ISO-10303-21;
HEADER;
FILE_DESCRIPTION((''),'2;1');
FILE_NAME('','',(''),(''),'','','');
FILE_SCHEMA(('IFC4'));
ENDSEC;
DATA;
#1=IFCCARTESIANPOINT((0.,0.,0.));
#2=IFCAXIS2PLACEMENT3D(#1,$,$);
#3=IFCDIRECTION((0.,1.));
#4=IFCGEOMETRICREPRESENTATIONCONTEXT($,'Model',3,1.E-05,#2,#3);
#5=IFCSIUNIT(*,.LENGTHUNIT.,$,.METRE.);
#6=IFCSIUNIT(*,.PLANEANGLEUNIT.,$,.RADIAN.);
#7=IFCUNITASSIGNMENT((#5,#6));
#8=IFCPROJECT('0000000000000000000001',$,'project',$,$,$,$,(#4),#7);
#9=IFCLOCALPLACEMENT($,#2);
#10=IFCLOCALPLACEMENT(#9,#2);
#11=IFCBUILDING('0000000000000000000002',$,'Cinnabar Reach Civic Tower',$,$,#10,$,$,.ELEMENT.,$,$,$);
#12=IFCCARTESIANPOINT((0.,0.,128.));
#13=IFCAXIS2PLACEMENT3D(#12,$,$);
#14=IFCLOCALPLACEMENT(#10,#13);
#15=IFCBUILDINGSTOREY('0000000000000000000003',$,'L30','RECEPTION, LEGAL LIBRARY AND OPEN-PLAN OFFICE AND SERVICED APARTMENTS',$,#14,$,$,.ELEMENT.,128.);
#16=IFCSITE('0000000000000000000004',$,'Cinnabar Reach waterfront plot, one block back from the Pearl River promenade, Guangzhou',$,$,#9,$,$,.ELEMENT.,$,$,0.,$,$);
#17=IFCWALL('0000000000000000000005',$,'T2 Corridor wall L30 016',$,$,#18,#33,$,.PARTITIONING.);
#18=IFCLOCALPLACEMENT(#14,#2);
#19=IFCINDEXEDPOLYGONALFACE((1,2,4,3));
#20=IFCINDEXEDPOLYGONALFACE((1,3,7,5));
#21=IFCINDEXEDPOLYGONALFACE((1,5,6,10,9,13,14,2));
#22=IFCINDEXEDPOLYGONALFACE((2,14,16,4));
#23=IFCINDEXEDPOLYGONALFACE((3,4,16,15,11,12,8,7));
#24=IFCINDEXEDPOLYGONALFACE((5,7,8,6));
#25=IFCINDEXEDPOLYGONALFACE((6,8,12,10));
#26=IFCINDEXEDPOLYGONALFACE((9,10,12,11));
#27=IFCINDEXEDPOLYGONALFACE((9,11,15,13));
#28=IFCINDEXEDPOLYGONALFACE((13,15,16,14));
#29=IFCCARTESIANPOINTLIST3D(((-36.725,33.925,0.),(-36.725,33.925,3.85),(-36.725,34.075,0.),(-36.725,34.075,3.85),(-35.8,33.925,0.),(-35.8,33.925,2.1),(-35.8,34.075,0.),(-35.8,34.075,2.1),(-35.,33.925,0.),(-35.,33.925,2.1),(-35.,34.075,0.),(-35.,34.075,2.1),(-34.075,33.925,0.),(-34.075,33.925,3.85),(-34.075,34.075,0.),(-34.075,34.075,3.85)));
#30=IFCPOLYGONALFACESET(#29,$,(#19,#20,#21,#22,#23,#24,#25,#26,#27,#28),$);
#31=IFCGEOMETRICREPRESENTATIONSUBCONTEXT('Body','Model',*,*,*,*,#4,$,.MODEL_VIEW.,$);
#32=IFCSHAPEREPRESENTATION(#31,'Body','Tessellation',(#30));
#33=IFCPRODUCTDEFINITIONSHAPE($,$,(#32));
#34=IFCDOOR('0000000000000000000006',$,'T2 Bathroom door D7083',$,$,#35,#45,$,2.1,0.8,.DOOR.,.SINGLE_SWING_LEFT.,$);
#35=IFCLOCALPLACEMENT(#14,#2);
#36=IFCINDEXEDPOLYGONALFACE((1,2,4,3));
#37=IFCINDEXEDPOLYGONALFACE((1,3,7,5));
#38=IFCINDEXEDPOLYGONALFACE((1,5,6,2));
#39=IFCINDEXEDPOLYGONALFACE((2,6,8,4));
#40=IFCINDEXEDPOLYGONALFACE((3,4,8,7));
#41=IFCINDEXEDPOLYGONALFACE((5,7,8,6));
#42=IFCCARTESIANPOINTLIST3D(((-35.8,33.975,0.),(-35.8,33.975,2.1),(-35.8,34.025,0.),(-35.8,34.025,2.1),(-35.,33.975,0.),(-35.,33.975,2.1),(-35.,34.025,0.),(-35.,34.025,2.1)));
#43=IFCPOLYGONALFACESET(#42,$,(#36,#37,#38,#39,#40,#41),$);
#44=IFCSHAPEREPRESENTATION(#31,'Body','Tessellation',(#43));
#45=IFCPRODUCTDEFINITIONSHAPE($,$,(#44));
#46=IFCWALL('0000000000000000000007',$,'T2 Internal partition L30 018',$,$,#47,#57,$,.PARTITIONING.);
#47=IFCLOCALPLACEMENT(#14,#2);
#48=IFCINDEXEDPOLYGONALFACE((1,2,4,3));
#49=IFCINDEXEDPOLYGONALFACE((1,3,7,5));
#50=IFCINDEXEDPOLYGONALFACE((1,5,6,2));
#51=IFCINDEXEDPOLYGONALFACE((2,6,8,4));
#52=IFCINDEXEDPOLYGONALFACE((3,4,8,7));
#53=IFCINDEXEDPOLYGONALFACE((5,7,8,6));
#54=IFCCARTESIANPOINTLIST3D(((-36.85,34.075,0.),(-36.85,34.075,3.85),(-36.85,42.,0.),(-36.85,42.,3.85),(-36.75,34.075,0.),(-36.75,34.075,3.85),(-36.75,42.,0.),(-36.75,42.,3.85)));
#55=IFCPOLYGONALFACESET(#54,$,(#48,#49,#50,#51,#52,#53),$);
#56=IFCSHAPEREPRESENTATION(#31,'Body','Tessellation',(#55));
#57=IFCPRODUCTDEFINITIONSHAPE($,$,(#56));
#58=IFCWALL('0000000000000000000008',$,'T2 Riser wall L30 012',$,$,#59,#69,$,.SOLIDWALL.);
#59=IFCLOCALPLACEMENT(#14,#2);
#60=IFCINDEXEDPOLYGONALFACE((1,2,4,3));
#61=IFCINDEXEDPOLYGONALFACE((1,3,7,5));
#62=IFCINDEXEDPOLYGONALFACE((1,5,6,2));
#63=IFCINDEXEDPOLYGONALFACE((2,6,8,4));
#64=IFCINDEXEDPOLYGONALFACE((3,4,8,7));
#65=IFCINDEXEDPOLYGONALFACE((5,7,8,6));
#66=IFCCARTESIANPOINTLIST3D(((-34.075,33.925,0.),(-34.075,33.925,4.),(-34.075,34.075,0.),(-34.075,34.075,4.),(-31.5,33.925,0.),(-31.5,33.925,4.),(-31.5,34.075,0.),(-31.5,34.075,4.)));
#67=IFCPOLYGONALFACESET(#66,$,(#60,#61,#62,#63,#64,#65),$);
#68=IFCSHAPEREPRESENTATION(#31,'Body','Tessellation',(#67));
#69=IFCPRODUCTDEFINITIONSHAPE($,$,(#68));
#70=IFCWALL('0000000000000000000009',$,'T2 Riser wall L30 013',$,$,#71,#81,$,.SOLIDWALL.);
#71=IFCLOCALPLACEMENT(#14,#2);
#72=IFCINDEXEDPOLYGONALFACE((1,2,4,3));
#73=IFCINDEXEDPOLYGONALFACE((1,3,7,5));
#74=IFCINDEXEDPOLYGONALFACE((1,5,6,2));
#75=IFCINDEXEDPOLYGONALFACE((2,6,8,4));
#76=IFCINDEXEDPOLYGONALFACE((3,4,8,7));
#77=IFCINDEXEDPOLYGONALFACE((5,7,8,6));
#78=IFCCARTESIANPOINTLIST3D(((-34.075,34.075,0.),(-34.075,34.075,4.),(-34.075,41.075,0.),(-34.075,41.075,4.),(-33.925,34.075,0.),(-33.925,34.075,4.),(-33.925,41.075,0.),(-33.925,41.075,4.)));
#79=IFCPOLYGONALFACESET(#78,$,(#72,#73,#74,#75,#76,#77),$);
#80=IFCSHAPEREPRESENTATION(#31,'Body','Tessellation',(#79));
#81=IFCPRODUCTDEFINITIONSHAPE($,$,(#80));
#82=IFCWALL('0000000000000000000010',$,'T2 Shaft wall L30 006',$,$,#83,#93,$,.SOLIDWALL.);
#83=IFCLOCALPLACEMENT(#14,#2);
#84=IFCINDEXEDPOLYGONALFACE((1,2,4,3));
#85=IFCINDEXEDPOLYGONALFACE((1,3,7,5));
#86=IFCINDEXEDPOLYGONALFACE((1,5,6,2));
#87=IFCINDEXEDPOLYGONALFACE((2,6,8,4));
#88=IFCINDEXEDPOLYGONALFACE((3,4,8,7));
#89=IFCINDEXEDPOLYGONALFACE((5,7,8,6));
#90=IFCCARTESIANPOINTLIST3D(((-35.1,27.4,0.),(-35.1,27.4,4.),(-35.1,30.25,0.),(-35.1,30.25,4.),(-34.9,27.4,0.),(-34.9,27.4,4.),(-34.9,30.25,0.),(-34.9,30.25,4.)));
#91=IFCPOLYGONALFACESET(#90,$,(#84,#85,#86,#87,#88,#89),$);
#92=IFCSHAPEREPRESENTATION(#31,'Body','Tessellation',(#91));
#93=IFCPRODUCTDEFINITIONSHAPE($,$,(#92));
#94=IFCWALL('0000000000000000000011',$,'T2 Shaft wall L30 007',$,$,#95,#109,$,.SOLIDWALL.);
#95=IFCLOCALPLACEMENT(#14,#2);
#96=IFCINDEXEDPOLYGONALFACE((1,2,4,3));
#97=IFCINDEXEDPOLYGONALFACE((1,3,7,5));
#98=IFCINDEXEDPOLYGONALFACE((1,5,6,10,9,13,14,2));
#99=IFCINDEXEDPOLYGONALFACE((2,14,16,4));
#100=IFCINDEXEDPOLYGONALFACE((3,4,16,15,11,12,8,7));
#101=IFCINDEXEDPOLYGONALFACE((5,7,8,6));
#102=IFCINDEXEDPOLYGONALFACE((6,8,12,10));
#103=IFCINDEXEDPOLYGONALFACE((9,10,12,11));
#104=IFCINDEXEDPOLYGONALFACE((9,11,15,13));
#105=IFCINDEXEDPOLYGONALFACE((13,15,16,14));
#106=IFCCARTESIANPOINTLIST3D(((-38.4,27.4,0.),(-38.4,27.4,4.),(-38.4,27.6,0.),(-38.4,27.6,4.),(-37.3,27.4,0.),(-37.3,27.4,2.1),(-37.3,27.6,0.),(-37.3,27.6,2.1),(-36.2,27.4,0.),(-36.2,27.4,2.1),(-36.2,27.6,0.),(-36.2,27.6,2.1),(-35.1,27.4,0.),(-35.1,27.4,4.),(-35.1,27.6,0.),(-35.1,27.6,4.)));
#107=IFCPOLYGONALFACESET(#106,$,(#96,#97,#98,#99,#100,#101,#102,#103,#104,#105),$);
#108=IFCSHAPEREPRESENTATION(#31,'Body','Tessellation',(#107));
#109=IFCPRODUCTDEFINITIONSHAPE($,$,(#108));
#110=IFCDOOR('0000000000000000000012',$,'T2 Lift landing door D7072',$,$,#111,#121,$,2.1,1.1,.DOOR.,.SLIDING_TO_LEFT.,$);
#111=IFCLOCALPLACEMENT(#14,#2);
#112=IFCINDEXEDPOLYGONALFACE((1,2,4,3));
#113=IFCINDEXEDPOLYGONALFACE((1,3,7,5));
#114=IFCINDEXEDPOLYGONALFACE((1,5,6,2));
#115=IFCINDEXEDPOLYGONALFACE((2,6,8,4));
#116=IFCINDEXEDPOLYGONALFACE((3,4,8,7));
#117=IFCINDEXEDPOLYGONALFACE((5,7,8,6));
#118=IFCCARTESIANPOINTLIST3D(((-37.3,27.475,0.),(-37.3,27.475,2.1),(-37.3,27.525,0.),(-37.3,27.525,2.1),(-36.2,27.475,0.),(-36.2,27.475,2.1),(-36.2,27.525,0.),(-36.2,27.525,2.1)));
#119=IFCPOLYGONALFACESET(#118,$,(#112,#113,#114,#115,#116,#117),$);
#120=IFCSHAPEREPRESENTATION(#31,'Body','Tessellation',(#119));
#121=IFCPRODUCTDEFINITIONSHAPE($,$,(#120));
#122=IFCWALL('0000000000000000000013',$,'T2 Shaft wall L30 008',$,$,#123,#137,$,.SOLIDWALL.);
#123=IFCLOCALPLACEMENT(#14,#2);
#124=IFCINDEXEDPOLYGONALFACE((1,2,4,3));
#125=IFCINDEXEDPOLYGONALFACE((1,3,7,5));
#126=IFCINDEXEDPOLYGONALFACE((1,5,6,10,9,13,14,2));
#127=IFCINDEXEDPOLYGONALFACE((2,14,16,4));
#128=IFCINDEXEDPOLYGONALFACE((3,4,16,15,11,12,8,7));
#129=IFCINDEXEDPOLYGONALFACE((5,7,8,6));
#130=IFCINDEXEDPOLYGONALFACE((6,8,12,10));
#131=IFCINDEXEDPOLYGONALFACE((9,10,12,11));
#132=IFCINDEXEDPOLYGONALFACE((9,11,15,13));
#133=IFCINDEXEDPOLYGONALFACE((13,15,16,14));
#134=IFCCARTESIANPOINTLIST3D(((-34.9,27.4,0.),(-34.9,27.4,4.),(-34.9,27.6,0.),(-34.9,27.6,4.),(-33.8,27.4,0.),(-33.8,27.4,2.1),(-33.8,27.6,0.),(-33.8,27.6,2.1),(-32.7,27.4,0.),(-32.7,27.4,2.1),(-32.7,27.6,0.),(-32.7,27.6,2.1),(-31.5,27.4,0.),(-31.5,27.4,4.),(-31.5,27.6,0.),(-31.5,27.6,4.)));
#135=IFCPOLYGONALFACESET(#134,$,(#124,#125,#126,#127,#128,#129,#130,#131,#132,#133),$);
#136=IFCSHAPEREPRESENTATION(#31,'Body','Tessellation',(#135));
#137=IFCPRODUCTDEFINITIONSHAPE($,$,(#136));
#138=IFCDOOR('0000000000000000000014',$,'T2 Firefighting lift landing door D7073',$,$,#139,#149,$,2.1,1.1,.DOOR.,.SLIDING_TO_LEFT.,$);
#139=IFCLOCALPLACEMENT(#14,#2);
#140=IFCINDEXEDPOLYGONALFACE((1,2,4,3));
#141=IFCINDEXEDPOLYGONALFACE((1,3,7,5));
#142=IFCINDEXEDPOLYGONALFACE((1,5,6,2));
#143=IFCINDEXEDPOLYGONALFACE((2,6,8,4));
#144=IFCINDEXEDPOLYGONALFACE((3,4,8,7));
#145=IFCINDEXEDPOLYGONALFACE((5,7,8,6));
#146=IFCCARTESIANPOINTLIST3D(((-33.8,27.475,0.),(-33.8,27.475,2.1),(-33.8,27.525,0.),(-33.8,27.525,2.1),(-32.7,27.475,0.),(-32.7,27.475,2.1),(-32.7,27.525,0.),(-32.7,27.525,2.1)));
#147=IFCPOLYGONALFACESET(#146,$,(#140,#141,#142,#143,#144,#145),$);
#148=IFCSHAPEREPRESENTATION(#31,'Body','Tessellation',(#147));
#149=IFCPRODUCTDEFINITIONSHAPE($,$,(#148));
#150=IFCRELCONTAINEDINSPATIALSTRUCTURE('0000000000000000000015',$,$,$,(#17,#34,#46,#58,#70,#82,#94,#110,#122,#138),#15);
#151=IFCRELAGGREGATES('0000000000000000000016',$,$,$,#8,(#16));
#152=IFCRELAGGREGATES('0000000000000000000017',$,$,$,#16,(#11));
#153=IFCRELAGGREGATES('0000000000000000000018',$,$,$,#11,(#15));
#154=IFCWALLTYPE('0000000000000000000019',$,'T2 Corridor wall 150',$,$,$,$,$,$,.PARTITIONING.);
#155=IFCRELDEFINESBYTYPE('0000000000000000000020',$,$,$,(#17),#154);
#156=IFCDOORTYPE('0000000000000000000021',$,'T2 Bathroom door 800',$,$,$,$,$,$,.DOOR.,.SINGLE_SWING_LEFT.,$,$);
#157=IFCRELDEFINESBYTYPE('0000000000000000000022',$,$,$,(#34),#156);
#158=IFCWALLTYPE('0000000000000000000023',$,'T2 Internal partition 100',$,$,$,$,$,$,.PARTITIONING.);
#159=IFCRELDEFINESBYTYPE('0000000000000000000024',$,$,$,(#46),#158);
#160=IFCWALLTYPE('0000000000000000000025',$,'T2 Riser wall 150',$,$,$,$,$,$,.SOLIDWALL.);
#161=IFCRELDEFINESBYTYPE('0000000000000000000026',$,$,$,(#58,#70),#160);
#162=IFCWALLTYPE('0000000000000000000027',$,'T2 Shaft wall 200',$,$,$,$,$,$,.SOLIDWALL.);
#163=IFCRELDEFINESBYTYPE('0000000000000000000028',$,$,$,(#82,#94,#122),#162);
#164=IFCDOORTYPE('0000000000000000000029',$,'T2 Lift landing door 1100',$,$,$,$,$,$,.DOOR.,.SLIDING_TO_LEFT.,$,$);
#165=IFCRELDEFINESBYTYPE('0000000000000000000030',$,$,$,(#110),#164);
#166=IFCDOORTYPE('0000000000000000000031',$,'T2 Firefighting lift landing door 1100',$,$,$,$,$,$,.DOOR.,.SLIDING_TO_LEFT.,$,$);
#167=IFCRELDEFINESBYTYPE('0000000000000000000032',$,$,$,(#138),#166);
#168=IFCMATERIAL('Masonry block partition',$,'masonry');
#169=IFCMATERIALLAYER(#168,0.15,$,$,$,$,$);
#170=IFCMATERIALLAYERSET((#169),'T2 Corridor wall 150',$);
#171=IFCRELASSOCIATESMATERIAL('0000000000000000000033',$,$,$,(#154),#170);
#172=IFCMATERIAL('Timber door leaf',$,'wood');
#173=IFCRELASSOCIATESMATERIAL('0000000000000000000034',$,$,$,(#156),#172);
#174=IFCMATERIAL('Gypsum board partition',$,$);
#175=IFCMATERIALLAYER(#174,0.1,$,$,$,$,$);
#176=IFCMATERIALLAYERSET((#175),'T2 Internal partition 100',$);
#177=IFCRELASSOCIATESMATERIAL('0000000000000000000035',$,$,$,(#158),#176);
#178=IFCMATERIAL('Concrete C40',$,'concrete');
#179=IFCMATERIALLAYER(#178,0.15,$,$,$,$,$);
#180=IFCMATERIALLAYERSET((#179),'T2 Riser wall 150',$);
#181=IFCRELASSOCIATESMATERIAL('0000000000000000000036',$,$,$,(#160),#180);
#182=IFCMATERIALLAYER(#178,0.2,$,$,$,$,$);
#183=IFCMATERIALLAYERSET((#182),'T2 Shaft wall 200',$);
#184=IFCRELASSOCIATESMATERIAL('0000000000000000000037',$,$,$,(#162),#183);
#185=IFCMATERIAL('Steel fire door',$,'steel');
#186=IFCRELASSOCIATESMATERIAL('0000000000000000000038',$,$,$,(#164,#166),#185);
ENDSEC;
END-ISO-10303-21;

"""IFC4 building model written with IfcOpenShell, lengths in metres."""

from ifc_helpers import new_model, si_unit, direction, frame, frame_2d, origin, place, context, subcontext, project, spatial, rectangle, extrude, material, layer, layer_set, type_object, element, fill, save


model = new_model("IFC4")

# Units and contexts
model_context = context("Model", 3, precision=1e-05, world=origin(), true_north=direction((0.0, 1.0)))
body_context = subcontext(model_context, "Body", "Model", "MODEL_VIEW")
ifc_project = project(units=[si_unit("LENGTHUNIT", "METRE"), si_unit("PLANEANGLEUNIT", "RADIAN")], contexts=[model_context])

# Site, building, storey
site_placement = place(None, origin())
site = spatial("IfcSite", under=ifc_project, at=site_placement, Name="Cinnabar Reach waterfront plot, one block back from the Pearl River promenade, Guangzhou", CompositionType="ELEMENT", RefElevation=0.0)
building_placement = place(site_placement, origin())
building = spatial("IfcBuilding", under=site, at=building_placement, Name="Cinnabar Reach Civic Tower", CompositionType="ELEMENT")
storey_placement = place(building_placement, frame((0.0, 0.0, 128.0)))
storey = spatial("IfcBuildingStorey", under=building, at=storey_placement, Name="L30", Description="RECEPTION, LEGAL LIBRARY AND OPEN-PLAN OFFICE AND SERVICED APARTMENTS", CompositionType="ELEMENT", Elevation=128.0)

# Wall, opening, door
ifc_material_1 = material(Name="Steel fire door", Category="steel")
ifc_material_2 = material(Name="Masonry block partition", Category="masonry")
ifc_layer_1 = layer(ifc_material_2, 0.15)
ifc_layer_set_1 = layer_set([ifc_layer_1], Name="T2 Corridor wall 150")
wall_type_1 = type_object("IfcWallType", Name="T2 Corridor wall 150", PredefinedType="PARTITIONING", material=ifc_layer_set_1)
ifc_material_3 = material(Name="Timber door leaf", Category="wood")
door_type_1 = type_object("IfcDoorType", Name="T2 Bathroom door 800", OperationType="SINGLE_SWING_LEFT", PredefinedType="DOOR", material=ifc_material_3)
wall_1_placement = place(storey_placement, frame((-34.075, 34.0, 0.0), z_axis=(0.0, 0.0, 1.0), x_axis=(-1.0, 0.0, 0.0)))
wall_1 = element("IfcWall", 1, at=wall_1_placement, inside=storey, type_object=wall_type_1, Name="T2 Corridor wall L30 016", PredefinedType="PARTITIONING", context=body_context, shape_type="SweptSolid", body=[
    extrude(rectangle(XDim=2.65, YDim=0.15, at=frame_2d((1.325, 0.0))), origin(), (0.0, 0.0, 1.0), 3.85),
])
opening_1_placement = place(wall_1_placement, frame((0.925, 0.0, 0.0)))
opening_1 = element("IfcOpeningElement", 2, at=opening_1_placement, cuts=wall_1, PredefinedType="OPENING", context=body_context, shape_type="SweptSolid", body=[
    extrude(rectangle(XDim=0.8, YDim=2.1, at=frame_2d((0.4, 1.05))), frame((0.0, 0.085, 0.0), z_axis=(0.0, -1.0, 0.0), x_axis=(1.0, 0.0, 0.0)), (0.0, 0.0, 1.0), 0.17),
])
door_1_placement = place(opening_1_placement, frame((0.8, 0.0, 0.0), z_axis=(0.0, 0.0, 1.0), x_axis=(-1.0, 0.0, 0.0)))
door_1 = element("IfcDoor", 3, at=door_1_placement, inside=storey, type_object=door_type_1, Name="T2 Bathroom door D7083", OperationType="SINGLE_SWING_LEFT", OverallHeight=2.1, OverallWidth=0.8, PredefinedType="DOOR", context=body_context, shape_type="SweptSolid", body=[
    extrude(rectangle(XDim=0.8, YDim=2.1, at=frame_2d((0.4, 1.05))), frame((0.0, 0.025, 0.0), z_axis=(0.0, -1.0, 0.0), x_axis=(1.0, 0.0, 0.0)), (0.0, 0.0, 1.0), 0.05),
])
fill(opening_1, door_1)

# Walls
ifc_material_4 = material(Name="Gypsum board partition")
ifc_layer_2 = layer(ifc_material_4, 0.1)
ifc_layer_set_2 = layer_set([ifc_layer_2], Name="T2 Internal partition 100")
wall_type_2 = type_object("IfcWallType", Name="T2 Internal partition 100", PredefinedType="PARTITIONING", material=ifc_layer_set_2)
wall_2_placement = place(storey_placement, frame((-36.8, 34.075, 0.0), z_axis=(0.0, 0.0, 1.0), x_axis=(0.0, 1.0, 0.0)))
element("IfcWall", 4, at=wall_2_placement, inside=storey, type_object=wall_type_2, Name="T2 Internal partition L30 018", PredefinedType="PARTITIONING", context=body_context, shape_type="SweptSolid", body=[
    extrude(rectangle(XDim=7.925, YDim=0.1, at=frame_2d((3.9625, 0.0))), origin(), (0.0, 0.0, 1.0), 3.85),
])
ifc_material_5 = material(Name="Concrete C40", Category="concrete")
ifc_layer_3 = layer(ifc_material_5, 0.15)
ifc_layer_set_3 = layer_set([ifc_layer_3], Name="T2 Riser wall 150")
wall_type_3 = type_object("IfcWallType", Name="T2 Riser wall 150", PredefinedType="SOLIDWALL", material=ifc_layer_set_3)
wall_3_placement = place(storey_placement, frame((-34.075, 34.0, 0.0), z_axis=(0.0, 0.0, 1.0), x_axis=(1.0, 0.0, 0.0)))
element("IfcWall", 5, at=wall_3_placement, inside=storey, type_object=wall_type_3, Name="T2 Riser wall L30 012", PredefinedType="SOLIDWALL", context=body_context, shape_type="SweptSolid", body=[
    extrude(rectangle(XDim=2.575, YDim=0.15, at=frame_2d((1.2875, 0.0))), origin(), (0.0, 0.0, 1.0), 4.0),
])
wall_4_placement = place(storey_placement, frame((-34.0, 41.075, 0.0), z_axis=(0.0, 0.0, 1.0), x_axis=(0.0, -1.0, 0.0)))
element("IfcWall", 6, at=wall_4_placement, inside=storey, type_object=wall_type_3, Name="T2 Riser wall L30 013", PredefinedType="SOLIDWALL", context=body_context, shape_type="SweptSolid", body=[
    extrude(rectangle(XDim=7.0, YDim=0.15, at=frame_2d((3.5, 0.0))), origin(), (0.0, 0.0, 1.0), 4.0),
])
ifc_layer_4 = layer(ifc_material_5, 0.2)
ifc_layer_set_4 = layer_set([ifc_layer_4], Name="T2 Shaft wall 200")
wall_type_4 = type_object("IfcWallType", Name="T2 Shaft wall 200", PredefinedType="SOLIDWALL", material=ifc_layer_set_4)
wall_5_placement = place(storey_placement, frame((-35.0, 27.4, 0.0), z_axis=(0.0, 0.0, 1.0), x_axis=(0.0, 1.0, 0.0)))
element("IfcWall", 7, at=wall_5_placement, inside=storey, type_object=wall_type_4, Name="T2 Shaft wall L30 006", PredefinedType="SOLIDWALL", context=body_context, shape_type="SweptSolid", body=[
    extrude(rectangle(XDim=2.85, YDim=0.2, at=frame_2d((1.425, 0.0))), origin(), (0.0, 0.0, 1.0), 4.0),
])

# Walls, openings, doors
wall_6_placement = place(storey_placement, frame((-38.4, 27.5, 0.0), z_axis=(0.0, 0.0, 1.0), x_axis=(1.0, 0.0, 0.0)))
wall_6 = element("IfcWall", 8, at=wall_6_placement, inside=storey, type_object=wall_type_4, Name="T2 Shaft wall L30 007", PredefinedType="SOLIDWALL", context=body_context, shape_type="SweptSolid", body=[
    extrude(rectangle(XDim=3.3, YDim=0.2, at=frame_2d((1.65, 0.0))), origin(), (0.0, 0.0, 1.0), 4.0),
])
opening_2_placement = place(wall_6_placement, frame((1.1, 0.0, 0.0)))
opening_2 = element("IfcOpeningElement", 9, at=opening_2_placement, cuts=wall_6, PredefinedType="OPENING", context=body_context, shape_type="SweptSolid", body=[
    extrude(rectangle(XDim=1.1, YDim=2.1, at=frame_2d((0.55, 1.05))), frame((0.0, 0.11, 0.0), z_axis=(0.0, -1.0, 0.0), x_axis=(1.0, 0.0, 0.0)), (0.0, 0.0, 1.0), 0.22),
])
door_type_2 = type_object("IfcDoorType", Name="T2 Lift landing door 1100", OperationType="SLIDING_TO_LEFT", PredefinedType="DOOR", material=ifc_material_1)
door_2_placement = place(opening_2_placement, origin())
door_2 = element("IfcDoor", 10, at=door_2_placement, inside=storey, type_object=door_type_2, Name="T2 Lift landing door D7072", OperationType="SLIDING_TO_LEFT", OverallHeight=2.1, OverallWidth=1.1, PredefinedType="DOOR", context=body_context, shape_type="SweptSolid", body=[
    extrude(rectangle(XDim=1.1, YDim=2.1, at=frame_2d((0.55, 1.05))), frame((0.0, 0.025, 0.0), z_axis=(0.0, -1.0, 0.0), x_axis=(1.0, 0.0, 0.0)), (0.0, 0.0, 1.0), 0.05),
])
fill(opening_2, door_2)
wall_7_placement = place(storey_placement, frame((-34.9, 27.5, 0.0), z_axis=(0.0, 0.0, 1.0), x_axis=(1.0, 0.0, 0.0)))
wall_7 = element("IfcWall", 11, at=wall_7_placement, inside=storey, type_object=wall_type_4, Name="T2 Shaft wall L30 008", PredefinedType="SOLIDWALL", context=body_context, shape_type="SweptSolid", body=[
    extrude(rectangle(XDim=3.4, YDim=0.2, at=frame_2d((1.7, 0.0))), origin(), (0.0, 0.0, 1.0), 4.0),
])
opening_3_placement = place(wall_7_placement, frame((1.1, 0.0, 0.0)))
opening_3 = element("IfcOpeningElement", 12, at=opening_3_placement, cuts=wall_7, PredefinedType="OPENING", context=body_context, shape_type="SweptSolid", body=[
    extrude(rectangle(XDim=1.1, YDim=2.1, at=frame_2d((0.55, 1.05))), frame((0.0, 0.11, 0.0), z_axis=(0.0, -1.0, 0.0), x_axis=(1.0, 0.0, 0.0)), (0.0, 0.0, 1.0), 0.22),
])
door_type_3 = type_object("IfcDoorType", Name="T2 Firefighting lift landing door 1100", OperationType="SLIDING_TO_LEFT", PredefinedType="DOOR", material=ifc_material_1)
door_3_placement = place(opening_3_placement, origin())
door_3 = element("IfcDoor", 13, at=door_3_placement, inside=storey, type_object=door_type_3, Name="T2 Firefighting lift landing door D7073", OperationType="SLIDING_TO_LEFT", OverallHeight=2.1, OverallWidth=1.1, PredefinedType="DOOR", context=body_context, shape_type="SweptSolid", body=[
    extrude(rectangle(XDim=1.1, YDim=2.1, at=frame_2d((0.55, 1.05))), frame((0.0, 0.025, 0.0), z_axis=(0.0, -1.0, 0.0), x_axis=(1.0, 0.0, 0.0)), (0.0, 0.0, 1.0), 0.05),
])
fill(opening_3, door_3)

save(model, "model.ifc")
